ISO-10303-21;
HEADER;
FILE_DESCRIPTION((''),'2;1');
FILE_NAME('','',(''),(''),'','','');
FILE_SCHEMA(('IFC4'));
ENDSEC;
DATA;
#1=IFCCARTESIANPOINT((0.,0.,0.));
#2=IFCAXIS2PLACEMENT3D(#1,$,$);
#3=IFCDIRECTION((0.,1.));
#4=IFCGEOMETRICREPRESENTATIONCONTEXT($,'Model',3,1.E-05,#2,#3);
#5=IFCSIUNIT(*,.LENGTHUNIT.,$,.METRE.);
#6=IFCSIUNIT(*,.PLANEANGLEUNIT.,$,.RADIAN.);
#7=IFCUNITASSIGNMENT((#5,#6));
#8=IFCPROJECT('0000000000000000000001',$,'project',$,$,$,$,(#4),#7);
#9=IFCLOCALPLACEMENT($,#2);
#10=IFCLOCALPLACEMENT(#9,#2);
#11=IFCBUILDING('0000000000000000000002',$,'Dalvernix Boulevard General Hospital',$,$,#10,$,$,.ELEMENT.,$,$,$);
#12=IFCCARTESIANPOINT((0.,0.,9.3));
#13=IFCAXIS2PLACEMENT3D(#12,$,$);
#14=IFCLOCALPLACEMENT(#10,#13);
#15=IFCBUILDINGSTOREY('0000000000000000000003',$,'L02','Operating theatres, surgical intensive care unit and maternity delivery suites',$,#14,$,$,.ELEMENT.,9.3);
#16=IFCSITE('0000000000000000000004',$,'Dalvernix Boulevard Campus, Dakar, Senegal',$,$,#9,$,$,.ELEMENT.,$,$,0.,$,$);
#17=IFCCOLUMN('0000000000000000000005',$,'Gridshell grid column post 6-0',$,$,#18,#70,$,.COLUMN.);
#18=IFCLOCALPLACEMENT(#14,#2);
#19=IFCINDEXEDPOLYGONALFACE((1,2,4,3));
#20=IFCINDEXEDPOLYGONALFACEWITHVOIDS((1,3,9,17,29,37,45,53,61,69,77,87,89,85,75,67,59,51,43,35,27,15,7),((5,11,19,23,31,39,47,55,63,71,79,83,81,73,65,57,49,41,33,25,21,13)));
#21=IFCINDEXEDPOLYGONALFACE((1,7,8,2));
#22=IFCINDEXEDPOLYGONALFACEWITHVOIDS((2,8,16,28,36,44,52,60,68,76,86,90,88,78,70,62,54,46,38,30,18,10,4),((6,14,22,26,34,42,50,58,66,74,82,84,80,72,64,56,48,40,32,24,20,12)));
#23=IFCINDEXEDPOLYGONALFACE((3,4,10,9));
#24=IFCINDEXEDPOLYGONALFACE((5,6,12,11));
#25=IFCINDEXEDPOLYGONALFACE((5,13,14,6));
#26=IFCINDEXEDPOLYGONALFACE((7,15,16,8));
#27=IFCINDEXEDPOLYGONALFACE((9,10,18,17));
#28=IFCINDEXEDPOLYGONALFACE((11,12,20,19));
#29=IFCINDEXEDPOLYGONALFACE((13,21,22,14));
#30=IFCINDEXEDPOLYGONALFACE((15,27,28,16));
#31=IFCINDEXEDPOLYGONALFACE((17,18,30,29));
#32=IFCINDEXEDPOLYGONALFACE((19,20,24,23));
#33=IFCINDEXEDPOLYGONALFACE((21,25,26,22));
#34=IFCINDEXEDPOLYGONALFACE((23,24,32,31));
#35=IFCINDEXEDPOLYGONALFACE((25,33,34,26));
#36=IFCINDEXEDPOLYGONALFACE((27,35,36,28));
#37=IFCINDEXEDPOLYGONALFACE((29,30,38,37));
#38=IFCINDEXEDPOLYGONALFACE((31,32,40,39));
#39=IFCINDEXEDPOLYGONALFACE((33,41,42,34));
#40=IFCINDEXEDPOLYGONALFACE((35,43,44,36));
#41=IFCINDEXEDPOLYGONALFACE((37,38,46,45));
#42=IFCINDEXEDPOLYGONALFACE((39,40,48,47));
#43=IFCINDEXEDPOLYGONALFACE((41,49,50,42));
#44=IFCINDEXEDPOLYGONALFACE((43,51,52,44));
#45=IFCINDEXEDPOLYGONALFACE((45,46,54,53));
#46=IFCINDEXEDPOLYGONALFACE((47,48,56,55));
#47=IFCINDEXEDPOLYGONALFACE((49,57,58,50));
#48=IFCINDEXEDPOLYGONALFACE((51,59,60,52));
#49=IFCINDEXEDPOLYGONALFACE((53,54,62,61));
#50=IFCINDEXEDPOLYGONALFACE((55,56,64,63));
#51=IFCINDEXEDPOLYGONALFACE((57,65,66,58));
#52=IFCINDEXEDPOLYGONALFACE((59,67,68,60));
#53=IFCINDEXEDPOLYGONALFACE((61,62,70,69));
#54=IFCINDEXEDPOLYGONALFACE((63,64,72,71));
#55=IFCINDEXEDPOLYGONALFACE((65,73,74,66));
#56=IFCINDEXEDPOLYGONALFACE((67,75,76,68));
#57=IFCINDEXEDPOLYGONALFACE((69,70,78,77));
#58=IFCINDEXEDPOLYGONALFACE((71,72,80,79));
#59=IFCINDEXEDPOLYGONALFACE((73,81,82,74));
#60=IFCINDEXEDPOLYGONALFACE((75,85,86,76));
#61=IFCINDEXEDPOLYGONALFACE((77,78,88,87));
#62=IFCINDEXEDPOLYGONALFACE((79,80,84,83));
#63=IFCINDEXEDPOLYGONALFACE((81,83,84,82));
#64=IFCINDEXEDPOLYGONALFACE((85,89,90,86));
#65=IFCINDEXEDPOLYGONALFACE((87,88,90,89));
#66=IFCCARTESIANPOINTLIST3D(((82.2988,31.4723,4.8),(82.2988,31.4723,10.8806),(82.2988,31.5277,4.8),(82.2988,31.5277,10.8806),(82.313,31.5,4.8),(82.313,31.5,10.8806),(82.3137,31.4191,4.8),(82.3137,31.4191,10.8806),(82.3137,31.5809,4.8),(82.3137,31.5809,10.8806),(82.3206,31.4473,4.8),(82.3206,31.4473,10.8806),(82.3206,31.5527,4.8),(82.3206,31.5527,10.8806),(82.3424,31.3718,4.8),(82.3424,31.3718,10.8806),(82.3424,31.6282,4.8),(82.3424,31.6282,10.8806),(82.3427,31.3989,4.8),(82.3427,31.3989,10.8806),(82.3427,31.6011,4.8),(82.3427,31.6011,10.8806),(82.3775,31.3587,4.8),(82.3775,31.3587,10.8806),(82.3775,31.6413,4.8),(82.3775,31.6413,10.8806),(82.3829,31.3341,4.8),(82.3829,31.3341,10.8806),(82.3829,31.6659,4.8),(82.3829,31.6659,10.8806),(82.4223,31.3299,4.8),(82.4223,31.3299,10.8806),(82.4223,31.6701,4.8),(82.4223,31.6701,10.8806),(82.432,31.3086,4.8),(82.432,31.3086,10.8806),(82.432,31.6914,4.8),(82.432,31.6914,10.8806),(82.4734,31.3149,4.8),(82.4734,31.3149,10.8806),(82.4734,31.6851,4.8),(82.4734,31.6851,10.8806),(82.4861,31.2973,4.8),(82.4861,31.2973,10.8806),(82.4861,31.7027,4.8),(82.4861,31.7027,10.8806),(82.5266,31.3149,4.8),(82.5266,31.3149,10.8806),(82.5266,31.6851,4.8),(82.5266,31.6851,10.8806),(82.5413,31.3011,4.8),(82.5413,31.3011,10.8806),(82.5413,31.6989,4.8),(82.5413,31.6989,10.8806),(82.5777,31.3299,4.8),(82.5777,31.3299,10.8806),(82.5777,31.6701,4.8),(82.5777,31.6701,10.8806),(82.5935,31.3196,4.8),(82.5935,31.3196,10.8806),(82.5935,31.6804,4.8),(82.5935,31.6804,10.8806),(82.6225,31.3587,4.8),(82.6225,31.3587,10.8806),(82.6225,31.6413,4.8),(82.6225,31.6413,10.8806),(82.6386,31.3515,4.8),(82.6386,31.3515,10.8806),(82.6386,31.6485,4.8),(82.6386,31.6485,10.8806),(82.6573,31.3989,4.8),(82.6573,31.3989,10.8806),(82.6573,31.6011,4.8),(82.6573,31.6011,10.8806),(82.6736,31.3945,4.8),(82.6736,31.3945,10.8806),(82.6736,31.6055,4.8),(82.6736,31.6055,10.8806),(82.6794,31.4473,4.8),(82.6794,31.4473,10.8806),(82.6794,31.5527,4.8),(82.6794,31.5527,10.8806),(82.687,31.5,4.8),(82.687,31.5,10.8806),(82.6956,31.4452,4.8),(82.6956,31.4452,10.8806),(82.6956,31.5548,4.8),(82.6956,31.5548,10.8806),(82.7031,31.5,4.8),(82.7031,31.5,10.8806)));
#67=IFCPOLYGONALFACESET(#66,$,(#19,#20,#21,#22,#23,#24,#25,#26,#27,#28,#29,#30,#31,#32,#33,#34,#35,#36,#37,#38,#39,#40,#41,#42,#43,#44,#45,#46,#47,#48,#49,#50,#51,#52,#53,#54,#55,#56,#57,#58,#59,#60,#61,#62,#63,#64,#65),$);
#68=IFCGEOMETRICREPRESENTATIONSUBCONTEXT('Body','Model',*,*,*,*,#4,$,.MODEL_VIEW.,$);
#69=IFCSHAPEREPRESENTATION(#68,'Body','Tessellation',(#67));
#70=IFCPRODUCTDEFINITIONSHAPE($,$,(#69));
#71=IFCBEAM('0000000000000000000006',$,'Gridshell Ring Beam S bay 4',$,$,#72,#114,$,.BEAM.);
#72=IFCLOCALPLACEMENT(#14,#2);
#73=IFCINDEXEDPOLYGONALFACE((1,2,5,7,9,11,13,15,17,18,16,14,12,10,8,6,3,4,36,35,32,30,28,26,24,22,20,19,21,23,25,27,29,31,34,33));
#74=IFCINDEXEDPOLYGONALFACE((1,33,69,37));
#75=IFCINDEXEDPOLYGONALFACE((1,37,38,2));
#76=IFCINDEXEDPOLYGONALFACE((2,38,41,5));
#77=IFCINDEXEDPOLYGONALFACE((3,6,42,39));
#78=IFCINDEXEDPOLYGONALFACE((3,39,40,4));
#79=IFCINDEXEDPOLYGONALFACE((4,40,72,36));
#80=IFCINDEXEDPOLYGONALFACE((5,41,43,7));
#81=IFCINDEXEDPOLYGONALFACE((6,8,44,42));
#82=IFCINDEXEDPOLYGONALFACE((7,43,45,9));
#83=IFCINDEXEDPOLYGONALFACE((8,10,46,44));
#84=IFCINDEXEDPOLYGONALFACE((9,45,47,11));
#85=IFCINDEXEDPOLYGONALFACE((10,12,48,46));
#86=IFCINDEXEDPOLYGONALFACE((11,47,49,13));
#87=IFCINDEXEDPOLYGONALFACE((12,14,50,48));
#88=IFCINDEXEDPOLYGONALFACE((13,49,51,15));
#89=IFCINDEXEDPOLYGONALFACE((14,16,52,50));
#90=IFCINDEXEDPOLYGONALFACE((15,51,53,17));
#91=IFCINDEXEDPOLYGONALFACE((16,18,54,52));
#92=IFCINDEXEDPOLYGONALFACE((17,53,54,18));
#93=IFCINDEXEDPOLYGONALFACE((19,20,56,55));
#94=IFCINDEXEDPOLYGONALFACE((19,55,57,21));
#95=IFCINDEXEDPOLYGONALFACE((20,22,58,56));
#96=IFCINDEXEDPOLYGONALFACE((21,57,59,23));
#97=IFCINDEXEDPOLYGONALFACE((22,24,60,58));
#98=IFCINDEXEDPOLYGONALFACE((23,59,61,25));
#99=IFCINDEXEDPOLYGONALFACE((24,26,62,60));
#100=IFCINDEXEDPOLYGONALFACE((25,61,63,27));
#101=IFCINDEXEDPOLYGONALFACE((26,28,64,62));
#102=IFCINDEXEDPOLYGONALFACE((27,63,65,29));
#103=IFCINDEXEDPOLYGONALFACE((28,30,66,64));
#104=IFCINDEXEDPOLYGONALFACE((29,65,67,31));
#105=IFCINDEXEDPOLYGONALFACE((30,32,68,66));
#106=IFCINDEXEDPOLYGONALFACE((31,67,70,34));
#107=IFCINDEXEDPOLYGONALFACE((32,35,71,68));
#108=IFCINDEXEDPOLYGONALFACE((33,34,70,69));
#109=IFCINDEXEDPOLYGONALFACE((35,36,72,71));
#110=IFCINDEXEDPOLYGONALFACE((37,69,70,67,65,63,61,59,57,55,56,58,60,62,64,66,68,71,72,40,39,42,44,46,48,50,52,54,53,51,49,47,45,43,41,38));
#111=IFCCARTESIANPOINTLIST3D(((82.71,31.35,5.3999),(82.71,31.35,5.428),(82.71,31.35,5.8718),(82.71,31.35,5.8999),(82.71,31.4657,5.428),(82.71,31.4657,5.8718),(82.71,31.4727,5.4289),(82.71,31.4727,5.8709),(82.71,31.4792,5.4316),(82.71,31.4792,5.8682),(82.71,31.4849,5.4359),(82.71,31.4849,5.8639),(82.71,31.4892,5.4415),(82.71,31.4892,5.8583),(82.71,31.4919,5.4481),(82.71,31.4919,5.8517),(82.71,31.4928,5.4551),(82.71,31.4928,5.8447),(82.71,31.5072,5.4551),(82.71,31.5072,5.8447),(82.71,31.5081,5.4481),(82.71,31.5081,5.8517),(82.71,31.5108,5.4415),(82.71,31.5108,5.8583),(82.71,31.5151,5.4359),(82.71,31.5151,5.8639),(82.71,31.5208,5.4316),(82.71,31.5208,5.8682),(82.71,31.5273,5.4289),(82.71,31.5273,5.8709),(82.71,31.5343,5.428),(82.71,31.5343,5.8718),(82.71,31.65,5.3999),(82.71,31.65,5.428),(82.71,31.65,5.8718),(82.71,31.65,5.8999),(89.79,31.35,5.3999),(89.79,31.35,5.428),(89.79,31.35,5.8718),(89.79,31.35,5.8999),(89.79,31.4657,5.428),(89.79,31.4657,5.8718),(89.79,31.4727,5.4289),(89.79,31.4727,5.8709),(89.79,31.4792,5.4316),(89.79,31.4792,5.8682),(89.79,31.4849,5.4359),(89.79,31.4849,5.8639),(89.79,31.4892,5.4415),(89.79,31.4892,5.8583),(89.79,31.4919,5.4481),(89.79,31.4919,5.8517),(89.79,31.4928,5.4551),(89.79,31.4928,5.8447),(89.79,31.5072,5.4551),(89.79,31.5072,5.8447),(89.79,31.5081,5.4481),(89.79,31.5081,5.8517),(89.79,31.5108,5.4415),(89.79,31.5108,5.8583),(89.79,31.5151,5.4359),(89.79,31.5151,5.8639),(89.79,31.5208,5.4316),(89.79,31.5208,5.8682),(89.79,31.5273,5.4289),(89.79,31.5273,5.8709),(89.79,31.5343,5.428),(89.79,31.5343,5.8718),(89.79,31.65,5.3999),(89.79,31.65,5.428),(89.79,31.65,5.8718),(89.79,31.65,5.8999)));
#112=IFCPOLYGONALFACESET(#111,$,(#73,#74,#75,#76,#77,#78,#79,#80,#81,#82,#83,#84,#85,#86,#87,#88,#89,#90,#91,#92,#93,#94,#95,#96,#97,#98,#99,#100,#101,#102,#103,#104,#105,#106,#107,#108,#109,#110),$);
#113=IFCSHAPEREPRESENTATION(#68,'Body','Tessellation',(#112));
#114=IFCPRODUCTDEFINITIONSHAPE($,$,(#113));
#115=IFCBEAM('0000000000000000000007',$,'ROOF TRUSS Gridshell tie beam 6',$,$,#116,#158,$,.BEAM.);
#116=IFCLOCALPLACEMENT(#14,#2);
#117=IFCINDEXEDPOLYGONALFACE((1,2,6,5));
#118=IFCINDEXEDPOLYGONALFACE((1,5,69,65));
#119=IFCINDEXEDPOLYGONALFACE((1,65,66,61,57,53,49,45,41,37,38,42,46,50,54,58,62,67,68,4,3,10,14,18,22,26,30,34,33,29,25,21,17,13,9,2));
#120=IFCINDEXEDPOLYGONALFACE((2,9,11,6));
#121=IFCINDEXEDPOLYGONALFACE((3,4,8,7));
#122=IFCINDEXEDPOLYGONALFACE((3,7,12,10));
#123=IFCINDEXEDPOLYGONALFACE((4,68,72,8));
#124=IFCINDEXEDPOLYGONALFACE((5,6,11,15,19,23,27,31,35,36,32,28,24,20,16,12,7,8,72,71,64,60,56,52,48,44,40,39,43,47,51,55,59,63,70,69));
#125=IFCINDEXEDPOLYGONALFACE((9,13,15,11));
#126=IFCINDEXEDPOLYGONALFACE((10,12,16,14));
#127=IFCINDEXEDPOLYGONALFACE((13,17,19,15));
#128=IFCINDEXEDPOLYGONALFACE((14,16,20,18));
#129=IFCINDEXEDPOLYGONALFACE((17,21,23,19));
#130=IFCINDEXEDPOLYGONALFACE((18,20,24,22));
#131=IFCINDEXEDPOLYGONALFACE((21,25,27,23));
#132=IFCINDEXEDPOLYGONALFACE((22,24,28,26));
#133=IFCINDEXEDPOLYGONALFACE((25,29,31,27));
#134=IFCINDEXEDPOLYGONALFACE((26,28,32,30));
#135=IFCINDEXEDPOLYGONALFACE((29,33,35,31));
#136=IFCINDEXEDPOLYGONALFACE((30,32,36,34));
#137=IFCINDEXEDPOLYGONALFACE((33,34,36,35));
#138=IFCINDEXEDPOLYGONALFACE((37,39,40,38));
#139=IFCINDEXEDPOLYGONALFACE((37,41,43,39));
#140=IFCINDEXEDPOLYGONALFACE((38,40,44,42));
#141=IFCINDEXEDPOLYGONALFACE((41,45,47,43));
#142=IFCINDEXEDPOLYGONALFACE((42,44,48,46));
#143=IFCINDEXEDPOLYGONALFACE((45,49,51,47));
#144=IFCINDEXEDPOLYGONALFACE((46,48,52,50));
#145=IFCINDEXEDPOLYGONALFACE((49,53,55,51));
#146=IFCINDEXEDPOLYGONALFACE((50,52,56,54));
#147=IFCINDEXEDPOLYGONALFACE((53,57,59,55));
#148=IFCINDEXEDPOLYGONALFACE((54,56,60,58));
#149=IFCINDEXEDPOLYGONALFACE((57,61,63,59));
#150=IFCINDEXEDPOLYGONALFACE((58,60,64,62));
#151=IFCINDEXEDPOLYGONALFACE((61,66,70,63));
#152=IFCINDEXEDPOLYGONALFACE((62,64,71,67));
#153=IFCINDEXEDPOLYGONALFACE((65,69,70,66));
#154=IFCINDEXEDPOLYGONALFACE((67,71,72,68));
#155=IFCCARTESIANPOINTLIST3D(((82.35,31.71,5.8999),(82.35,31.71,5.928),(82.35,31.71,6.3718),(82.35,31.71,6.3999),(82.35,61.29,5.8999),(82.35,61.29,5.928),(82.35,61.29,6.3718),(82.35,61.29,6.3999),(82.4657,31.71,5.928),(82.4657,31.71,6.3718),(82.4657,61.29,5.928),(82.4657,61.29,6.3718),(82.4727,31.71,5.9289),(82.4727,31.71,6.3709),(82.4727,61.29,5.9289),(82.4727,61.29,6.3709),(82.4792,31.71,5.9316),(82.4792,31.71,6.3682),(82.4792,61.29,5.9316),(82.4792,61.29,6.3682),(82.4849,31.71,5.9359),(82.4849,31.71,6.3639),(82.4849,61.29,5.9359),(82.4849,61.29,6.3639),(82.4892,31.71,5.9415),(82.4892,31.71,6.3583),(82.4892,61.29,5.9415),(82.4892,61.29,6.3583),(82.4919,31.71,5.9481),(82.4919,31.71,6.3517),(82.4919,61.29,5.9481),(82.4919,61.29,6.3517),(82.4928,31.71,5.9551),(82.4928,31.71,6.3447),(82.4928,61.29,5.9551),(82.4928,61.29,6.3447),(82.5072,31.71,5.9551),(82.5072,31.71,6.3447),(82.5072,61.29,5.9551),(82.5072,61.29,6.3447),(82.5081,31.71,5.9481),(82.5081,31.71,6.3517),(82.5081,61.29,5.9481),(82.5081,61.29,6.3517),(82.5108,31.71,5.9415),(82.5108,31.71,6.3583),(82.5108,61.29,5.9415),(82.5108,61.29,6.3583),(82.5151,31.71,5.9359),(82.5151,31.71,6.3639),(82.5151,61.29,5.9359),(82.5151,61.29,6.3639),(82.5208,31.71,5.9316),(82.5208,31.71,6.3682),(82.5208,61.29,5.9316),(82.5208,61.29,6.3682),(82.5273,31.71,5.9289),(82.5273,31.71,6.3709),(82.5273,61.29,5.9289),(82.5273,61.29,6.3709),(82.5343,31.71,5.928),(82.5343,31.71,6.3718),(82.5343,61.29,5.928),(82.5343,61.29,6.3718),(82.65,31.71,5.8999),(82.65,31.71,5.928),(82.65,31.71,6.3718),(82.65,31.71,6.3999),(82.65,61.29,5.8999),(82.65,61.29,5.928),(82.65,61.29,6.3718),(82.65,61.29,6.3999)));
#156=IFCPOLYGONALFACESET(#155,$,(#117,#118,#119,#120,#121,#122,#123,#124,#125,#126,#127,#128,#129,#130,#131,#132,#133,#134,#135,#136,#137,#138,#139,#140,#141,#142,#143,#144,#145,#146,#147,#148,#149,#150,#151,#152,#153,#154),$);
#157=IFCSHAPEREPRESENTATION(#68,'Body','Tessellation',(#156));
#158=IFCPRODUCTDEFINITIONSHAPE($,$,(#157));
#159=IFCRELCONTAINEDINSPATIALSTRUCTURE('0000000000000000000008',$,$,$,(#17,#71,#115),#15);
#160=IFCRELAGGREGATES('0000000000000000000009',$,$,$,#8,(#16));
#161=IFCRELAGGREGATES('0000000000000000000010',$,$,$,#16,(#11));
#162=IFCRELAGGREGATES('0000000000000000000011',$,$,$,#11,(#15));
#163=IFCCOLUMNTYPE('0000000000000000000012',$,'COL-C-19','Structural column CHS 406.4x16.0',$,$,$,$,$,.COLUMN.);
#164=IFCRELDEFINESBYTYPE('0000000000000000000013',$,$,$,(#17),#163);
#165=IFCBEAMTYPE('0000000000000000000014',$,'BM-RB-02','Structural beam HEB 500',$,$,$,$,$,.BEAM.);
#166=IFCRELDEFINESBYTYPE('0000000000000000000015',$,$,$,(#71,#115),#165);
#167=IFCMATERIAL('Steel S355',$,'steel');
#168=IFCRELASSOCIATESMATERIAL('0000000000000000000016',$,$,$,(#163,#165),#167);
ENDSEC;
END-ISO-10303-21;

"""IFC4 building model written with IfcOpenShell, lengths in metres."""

from ifc_helpers import new_model, si_unit, direction, frame, origin, origin_2d, place, context, subcontext, project, spatial, hollow_circle, i_section, extrude, material, material_profile, profile_set, type_object, element, save


model = new_model("IFC4")

# Units and contexts
model_context = context("Model", 3, precision=1e-05, world=origin(), true_north=direction((0.0, 1.0)))
body_context = subcontext(model_context, "Body", "Model", "MODEL_VIEW")
ifc_project = project(units=[si_unit("LENGTHUNIT", "METRE"), si_unit("PLANEANGLEUNIT", "RADIAN")], contexts=[model_context])

# Site, building, storey
site_placement = place(None, origin())
site = spatial("IfcSite", under=ifc_project, at=site_placement, Name="Dalvernix Boulevard Campus, Dakar, Senegal", CompositionType="ELEMENT", RefElevation=0.0)
building_placement = place(site_placement, origin())
building = spatial("IfcBuilding", under=site, at=building_placement, Name="Dalvernix Boulevard General Hospital", CompositionType="ELEMENT")
storey_placement = place(building_placement, frame((0.0, 0.0, 9.3)))
storey = spatial("IfcBuildingStorey", under=building, at=storey_placement, Name="L02", Description="Operating theatres, surgical intensive care unit and maternity delivery suites", CompositionType="ELEMENT", Elevation=9.3)

# Column
ifc_material_1 = material(Name="Steel S355", Category="steel")
ifc_material_profile_1 = material_profile(ifc_material_1, hollow_circle(Radius=0.2031, WallThickness=0.0161, at=origin_2d()), Name="CHS 406.4x16.0")
ifc_profile_set_1 = profile_set([ifc_material_profile_1], Name="Steel S355")
column_type = type_object("IfcColumnType", Name="COL-C-19", Description="Structural column CHS 406.4x16.0", PredefinedType="COLUMN", material=ifc_profile_set_1)
column_placement = place(storey_placement, frame((82.5, 31.5, 4.8), z_axis=(0.0, 0.0, 1.0), x_axis=(1.0, 0.0, 0.0)))
element("IfcColumn", 1, at=column_placement, inside=storey, type_object=column_type, Name="Gridshell grid column post 6-0", PredefinedType="COLUMN", context=body_context, shape_type="SweptSolid", body=[
    extrude(hollow_circle(Radius=0.2031, WallThickness=0.0161, at=origin_2d()), origin(), (0.0, 0.0, 1.0), 6.0806),
])

# Beams
ifc_material_profile_2 = material_profile(ifc_material_1, i_section(OverallWidth=0.3, OverallDepth=0.5, WebThickness=0.0144, FlangeThickness=0.0281, FilletRadius=0.0271, at=origin_2d()), Name="HEB 500")
ifc_profile_set_2 = profile_set([ifc_material_profile_2], Name="Steel S355")
beam_type_1 = type_object("IfcBeamType", Name="BM-RB-02", Description="Structural beam HEB 500", PredefinedType="BEAM", material=ifc_profile_set_2)
beam_1_placement = place(storey_placement, frame((82.71, 31.5, 5.6499), z_axis=(1.0, 0.0, 0.0), x_axis=(0.0, 1.0, 0.0)))
element("IfcBeam", 2, at=beam_1_placement, inside=storey, type_object=beam_type_1, Name="Gridshell Ring Beam S bay 4", PredefinedType="BEAM", context=body_context, shape_type="SweptSolid", body=[
    extrude(i_section(OverallWidth=0.3, OverallDepth=0.5, WebThickness=0.0144, FlangeThickness=0.0281, FilletRadius=0.0271, at=origin_2d()), origin(), (0.0, 0.0, 1.0), 7.0801),
])
beam_2_placement = place(storey_placement, frame((82.5, 31.71, 6.1499), z_axis=(0.0, 1.0, 0.0), x_axis=(-1.0, 0.0, 0.0)))
element("IfcBeam", 3, at=beam_2_placement, inside=storey, type_object=beam_type_1, Name="ROOF TRUSS Gridshell tie beam 6", PredefinedType="BEAM", context=body_context, shape_type="SweptSolid", body=[
    extrude(i_section(OverallWidth=0.3, OverallDepth=0.5, WebThickness=0.0144, FlangeThickness=0.0281, FilletRadius=0.0271, at=origin_2d()), origin(), (0.0, 0.0, 1.0), 29.5801),
])

save(model, "model.ifc")
